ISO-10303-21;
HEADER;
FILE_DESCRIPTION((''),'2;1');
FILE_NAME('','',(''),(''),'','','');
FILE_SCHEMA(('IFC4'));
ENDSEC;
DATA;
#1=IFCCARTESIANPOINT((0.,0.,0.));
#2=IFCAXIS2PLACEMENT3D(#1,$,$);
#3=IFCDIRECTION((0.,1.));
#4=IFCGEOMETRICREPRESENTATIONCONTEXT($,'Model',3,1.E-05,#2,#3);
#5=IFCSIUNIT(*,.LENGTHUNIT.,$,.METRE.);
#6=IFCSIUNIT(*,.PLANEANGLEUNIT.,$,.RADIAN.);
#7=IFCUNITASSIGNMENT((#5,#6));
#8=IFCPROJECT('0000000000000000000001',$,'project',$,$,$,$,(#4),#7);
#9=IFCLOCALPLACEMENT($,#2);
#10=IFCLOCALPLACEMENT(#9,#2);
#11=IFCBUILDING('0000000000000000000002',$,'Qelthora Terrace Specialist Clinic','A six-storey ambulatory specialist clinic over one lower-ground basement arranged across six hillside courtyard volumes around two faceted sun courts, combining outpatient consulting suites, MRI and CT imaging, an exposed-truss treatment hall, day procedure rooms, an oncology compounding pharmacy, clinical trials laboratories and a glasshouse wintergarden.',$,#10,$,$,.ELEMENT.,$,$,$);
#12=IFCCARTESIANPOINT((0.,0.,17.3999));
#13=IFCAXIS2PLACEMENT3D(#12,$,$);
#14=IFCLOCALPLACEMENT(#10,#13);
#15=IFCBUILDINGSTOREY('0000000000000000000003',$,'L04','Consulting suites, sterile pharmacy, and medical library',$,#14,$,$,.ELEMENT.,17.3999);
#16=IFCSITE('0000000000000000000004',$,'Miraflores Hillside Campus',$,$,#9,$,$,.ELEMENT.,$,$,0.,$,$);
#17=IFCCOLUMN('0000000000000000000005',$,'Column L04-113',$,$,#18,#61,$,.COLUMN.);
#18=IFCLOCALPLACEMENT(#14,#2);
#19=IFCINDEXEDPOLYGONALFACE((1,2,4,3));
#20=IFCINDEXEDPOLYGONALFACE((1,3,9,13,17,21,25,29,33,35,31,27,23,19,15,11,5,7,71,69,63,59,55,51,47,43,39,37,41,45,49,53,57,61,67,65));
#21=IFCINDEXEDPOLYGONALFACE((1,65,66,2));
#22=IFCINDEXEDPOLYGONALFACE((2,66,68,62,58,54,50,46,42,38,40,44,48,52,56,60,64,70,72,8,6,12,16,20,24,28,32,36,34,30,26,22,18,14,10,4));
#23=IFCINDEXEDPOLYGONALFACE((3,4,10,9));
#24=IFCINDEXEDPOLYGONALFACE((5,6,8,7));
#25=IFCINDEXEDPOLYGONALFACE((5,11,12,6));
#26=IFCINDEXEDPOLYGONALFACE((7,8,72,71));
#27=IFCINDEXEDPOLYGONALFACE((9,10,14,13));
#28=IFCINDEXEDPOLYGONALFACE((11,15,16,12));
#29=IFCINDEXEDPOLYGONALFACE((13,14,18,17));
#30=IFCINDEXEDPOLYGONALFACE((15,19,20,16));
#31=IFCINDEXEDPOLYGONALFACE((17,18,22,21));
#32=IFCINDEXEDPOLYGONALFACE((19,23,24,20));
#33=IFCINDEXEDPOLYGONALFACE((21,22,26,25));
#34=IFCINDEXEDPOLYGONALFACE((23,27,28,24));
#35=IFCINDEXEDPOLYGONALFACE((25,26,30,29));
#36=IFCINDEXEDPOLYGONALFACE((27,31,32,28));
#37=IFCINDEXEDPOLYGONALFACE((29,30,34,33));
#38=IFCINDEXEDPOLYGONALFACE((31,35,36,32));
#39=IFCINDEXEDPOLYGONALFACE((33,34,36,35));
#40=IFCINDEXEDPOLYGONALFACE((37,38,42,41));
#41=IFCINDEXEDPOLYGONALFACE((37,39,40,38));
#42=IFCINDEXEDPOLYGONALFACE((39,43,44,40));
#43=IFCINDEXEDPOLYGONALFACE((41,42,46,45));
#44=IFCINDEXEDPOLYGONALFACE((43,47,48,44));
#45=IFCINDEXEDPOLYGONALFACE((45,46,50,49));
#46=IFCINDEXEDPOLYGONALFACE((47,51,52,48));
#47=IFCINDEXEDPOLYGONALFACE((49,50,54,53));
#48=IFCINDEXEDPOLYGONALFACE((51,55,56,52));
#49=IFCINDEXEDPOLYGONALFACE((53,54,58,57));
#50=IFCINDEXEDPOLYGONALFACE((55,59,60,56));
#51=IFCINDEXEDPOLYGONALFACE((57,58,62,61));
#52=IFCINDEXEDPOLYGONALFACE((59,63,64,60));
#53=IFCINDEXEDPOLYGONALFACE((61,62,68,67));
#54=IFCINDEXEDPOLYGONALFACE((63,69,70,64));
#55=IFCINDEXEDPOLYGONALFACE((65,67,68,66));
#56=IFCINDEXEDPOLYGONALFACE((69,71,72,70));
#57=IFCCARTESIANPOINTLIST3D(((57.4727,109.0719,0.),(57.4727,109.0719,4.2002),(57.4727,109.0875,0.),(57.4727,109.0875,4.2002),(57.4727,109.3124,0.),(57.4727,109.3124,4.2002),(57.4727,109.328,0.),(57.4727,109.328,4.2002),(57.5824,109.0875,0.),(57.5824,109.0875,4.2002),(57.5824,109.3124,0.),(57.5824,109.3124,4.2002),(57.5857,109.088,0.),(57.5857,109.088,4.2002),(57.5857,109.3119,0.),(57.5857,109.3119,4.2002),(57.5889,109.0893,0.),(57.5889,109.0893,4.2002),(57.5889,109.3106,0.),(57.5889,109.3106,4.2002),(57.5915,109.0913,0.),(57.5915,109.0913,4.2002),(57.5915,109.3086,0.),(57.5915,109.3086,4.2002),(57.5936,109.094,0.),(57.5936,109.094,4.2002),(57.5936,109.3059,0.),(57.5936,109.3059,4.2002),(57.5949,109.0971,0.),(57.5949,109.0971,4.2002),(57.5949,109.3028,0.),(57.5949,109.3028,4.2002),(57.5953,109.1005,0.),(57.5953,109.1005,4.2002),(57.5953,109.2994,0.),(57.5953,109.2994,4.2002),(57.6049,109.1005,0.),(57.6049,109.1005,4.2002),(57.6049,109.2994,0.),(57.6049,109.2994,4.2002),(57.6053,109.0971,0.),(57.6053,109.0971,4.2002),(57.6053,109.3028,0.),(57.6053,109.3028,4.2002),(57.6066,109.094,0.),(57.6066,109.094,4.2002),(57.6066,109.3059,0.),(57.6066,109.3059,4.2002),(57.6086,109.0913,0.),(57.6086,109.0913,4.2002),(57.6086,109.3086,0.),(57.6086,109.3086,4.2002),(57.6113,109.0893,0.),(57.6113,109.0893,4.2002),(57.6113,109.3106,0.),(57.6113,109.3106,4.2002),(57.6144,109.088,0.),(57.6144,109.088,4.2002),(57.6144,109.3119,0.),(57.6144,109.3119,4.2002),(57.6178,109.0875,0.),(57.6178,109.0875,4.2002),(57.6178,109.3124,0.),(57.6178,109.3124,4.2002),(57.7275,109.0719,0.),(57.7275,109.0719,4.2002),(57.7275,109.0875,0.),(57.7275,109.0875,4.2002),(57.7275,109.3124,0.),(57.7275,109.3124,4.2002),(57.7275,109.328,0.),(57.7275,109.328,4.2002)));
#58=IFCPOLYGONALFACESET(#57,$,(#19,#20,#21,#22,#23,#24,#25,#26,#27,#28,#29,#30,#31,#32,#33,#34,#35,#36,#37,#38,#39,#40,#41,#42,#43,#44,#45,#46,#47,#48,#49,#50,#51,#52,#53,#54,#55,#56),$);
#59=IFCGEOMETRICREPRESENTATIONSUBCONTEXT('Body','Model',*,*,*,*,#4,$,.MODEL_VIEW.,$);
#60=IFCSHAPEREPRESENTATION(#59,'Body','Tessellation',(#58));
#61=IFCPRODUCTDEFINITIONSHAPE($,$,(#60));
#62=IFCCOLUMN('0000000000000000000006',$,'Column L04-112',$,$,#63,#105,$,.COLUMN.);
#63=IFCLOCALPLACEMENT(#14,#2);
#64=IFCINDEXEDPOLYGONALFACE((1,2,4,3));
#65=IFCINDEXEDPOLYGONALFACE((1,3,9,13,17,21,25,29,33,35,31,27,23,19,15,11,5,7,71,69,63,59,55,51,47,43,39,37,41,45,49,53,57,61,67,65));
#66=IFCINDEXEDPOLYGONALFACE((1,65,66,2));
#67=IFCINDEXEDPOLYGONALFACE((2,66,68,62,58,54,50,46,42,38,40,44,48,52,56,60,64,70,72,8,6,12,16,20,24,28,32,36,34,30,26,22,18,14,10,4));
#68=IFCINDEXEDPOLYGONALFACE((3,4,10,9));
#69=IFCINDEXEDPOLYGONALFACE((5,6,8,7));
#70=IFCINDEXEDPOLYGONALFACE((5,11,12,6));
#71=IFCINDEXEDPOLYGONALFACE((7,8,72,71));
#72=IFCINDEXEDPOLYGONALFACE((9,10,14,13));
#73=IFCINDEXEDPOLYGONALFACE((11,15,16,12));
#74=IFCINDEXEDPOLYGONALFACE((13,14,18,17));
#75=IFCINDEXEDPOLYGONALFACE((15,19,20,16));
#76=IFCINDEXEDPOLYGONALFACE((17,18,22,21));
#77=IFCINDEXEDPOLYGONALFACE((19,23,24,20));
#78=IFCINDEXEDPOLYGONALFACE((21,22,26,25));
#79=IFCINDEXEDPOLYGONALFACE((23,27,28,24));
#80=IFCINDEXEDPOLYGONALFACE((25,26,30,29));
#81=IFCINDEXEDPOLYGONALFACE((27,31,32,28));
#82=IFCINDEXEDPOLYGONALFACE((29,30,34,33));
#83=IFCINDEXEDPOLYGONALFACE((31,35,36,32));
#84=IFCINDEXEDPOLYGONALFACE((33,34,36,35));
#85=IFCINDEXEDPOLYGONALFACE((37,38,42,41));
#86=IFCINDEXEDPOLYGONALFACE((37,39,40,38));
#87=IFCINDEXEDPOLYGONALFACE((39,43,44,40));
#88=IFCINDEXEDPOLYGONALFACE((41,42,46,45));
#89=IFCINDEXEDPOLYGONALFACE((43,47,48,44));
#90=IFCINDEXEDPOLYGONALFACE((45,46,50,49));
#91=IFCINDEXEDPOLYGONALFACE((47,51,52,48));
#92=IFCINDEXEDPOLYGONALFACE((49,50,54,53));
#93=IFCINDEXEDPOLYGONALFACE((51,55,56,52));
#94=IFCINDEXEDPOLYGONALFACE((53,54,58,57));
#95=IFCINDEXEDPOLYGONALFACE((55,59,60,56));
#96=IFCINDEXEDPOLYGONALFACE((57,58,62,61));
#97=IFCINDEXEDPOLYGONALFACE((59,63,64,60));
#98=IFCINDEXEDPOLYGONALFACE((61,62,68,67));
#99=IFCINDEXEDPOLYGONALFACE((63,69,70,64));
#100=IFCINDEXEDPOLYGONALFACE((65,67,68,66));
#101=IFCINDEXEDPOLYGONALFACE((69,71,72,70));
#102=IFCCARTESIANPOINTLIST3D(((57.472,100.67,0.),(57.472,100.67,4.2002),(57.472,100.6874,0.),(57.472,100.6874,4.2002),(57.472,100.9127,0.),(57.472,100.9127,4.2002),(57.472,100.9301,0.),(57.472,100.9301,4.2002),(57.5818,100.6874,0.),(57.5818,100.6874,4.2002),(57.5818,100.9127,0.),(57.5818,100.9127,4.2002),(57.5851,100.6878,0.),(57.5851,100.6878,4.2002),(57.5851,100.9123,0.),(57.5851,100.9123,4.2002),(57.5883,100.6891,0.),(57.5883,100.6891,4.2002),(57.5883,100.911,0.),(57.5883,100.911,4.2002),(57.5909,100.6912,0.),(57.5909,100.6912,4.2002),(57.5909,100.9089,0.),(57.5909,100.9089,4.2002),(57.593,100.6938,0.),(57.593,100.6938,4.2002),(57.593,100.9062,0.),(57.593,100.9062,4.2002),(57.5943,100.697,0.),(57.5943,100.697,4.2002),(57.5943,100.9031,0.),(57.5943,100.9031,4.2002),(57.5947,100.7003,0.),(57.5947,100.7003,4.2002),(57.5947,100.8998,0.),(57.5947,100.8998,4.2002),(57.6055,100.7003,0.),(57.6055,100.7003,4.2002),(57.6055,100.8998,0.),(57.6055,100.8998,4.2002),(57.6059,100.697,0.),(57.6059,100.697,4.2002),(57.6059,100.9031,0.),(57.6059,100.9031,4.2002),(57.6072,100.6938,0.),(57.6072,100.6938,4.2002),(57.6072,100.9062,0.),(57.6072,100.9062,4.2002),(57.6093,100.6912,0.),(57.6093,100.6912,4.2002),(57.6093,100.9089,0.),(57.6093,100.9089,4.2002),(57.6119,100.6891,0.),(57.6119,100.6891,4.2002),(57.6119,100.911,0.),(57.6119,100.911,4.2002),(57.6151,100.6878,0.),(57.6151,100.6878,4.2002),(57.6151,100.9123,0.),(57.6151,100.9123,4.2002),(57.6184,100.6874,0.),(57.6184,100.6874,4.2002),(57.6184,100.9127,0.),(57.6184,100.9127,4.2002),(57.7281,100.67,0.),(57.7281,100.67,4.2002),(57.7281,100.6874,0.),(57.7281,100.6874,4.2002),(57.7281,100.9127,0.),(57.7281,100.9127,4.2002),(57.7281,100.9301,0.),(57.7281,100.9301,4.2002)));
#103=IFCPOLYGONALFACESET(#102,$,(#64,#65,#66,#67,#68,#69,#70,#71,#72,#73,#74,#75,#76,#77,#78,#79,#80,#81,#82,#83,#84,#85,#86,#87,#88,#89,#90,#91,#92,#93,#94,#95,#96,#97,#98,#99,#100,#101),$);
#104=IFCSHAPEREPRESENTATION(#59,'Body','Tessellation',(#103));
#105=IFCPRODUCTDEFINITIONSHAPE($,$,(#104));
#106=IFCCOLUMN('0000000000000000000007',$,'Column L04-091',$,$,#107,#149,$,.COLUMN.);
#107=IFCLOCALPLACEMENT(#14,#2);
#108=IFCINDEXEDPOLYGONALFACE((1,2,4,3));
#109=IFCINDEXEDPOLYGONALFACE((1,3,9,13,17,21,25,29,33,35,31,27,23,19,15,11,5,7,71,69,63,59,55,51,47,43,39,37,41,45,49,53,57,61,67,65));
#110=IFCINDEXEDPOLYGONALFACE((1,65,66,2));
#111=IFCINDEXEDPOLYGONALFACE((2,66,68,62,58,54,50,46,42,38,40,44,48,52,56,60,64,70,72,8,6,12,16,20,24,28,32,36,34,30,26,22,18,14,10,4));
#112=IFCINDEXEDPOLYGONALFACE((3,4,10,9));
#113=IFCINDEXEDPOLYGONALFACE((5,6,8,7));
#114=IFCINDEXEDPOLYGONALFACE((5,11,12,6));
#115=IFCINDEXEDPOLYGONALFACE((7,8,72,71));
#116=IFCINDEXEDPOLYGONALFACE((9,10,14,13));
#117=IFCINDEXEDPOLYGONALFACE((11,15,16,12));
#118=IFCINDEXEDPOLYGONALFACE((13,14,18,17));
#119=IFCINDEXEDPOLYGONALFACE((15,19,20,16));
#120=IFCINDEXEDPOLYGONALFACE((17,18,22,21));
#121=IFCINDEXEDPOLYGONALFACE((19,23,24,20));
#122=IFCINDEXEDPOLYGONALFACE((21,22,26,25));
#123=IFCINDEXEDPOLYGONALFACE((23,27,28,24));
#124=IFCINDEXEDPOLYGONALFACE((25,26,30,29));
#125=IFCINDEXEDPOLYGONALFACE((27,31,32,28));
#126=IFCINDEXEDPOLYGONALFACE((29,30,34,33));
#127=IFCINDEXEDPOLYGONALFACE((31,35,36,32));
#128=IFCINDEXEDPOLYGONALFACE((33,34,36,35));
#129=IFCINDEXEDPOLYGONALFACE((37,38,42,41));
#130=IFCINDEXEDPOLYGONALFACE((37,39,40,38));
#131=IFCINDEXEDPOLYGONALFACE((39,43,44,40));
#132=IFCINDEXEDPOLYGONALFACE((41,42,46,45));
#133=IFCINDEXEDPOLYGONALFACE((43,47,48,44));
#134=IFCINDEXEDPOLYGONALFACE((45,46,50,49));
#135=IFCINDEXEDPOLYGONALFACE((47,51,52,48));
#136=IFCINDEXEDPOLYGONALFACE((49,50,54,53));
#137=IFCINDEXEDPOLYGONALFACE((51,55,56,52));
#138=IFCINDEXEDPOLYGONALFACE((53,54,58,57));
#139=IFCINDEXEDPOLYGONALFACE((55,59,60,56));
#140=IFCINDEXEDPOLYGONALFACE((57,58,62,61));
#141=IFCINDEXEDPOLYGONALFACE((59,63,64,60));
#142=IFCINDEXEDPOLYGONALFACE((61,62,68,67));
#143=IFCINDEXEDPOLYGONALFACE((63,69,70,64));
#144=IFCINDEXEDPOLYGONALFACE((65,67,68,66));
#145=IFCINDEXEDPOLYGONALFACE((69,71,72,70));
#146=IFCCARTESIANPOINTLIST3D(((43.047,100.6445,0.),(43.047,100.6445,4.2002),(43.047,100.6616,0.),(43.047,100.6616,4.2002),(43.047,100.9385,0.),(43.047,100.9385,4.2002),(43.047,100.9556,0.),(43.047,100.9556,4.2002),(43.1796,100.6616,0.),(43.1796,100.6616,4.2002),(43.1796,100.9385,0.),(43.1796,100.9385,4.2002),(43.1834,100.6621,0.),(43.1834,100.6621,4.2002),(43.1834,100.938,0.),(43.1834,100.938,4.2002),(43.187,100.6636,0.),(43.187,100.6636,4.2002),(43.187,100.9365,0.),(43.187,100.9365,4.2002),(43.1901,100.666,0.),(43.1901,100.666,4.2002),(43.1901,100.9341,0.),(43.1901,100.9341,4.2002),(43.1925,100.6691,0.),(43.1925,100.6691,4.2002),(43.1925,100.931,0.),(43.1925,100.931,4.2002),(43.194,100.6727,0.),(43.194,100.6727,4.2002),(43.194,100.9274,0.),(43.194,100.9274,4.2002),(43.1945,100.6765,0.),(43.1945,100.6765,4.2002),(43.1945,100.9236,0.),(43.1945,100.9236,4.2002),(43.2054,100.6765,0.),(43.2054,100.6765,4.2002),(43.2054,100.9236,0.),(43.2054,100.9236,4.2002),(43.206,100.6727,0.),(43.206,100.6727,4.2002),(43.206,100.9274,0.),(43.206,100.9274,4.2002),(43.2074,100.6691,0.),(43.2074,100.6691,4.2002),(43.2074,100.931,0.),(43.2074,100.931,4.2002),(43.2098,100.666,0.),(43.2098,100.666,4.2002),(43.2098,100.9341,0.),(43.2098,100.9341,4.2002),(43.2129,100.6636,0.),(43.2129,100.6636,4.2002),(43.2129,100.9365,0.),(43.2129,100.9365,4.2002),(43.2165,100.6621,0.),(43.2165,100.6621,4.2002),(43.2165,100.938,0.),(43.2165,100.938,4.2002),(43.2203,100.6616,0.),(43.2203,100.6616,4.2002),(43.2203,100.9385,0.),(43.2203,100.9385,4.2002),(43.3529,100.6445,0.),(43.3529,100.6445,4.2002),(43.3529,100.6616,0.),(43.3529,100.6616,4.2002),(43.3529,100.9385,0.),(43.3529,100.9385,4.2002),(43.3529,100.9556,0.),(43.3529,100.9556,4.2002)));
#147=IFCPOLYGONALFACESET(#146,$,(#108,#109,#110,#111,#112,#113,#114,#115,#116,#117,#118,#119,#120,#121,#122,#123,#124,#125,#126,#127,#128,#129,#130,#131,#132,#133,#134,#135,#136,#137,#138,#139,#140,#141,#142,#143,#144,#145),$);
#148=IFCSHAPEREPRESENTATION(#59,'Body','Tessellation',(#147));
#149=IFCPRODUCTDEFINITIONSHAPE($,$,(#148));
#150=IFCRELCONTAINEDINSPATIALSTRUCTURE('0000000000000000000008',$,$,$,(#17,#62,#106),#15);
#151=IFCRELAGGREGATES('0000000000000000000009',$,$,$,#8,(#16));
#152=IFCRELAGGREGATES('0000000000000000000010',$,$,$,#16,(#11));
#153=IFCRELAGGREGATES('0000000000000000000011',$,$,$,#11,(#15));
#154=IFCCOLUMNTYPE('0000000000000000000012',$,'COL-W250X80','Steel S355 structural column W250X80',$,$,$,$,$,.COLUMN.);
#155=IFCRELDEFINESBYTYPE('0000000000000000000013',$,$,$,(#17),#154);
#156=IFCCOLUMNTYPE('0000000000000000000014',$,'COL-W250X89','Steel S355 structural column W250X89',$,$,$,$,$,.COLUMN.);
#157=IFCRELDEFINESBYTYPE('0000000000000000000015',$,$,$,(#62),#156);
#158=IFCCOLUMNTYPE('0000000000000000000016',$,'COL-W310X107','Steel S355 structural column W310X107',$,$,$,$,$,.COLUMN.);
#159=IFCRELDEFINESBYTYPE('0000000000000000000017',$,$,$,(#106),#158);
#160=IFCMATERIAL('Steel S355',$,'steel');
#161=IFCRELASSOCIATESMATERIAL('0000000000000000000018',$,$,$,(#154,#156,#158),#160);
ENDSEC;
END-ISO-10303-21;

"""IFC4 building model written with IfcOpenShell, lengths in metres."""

from ifc_helpers import new_model, si_unit, direction, frame, origin, origin_2d, place, context, subcontext, project, spatial, i_section, extrude, material, material_profile, profile_set, type_object, element, save


model = new_model("IFC4")

# Units and contexts
model_context = context("Model", 3, precision=1e-05, world=origin(), true_north=direction((0.0, 1.0)))
body_context = subcontext(model_context, "Body", "Model", "MODEL_VIEW")
ifc_project = project(units=[si_unit("LENGTHUNIT", "METRE"), si_unit("PLANEANGLEUNIT", "RADIAN")], contexts=[model_context])

# Site, building, storey
site_placement = place(None, origin())
site = spatial("IfcSite", under=ifc_project, at=site_placement, Name="Miraflores Hillside Campus", CompositionType="ELEMENT", RefElevation=0.0)
building_placement = place(site_placement, origin())
building = spatial("IfcBuilding", under=site, at=building_placement, Name="Qelthora Terrace Specialist Clinic", Description="A six-storey ambulatory specialist clinic over one lower-ground basement arranged across six hillside courtyard volumes around two faceted sun courts, combining outpatient consulting suites, MRI and CT imaging, an exposed-truss treatment hall, day procedure rooms, an oncology compounding pharmacy, clinical trials laboratories and a glasshouse wintergarden.", CompositionType="ELEMENT")
storey_placement = place(building_placement, frame((0.0, 0.0, 17.3999)))
storey = spatial("IfcBuildingStorey", under=building, at=storey_placement, Name="L04", Description="Consulting suites, sterile pharmacy, and medical library", CompositionType="ELEMENT", Elevation=17.3999)

# Columns
ifc_material_1 = material(Name="Steel S355", Category="steel")
ifc_material_profile_1 = material_profile(ifc_material_1, i_section(OverallWidth=0.2549, OverallDepth=0.2561, WebThickness=0.0095, FlangeThickness=0.0156, FilletRadius=0.0129, at=origin_2d()), Name="W250X80")
ifc_profile_set_1 = profile_set([ifc_material_profile_1], Name="Steel S355")
column_type_1 = type_object("IfcColumnType", Name="COL-W250X80", Description="Steel S355 structural column W250X80", PredefinedType="COLUMN", material=ifc_profile_set_1)
column_1_placement = place(storey_placement, frame((57.6001, 109.2, 0.0), z_axis=(0.0, 0.0, 1.0), x_axis=(1.0, 0.0, 0.0)))
element("IfcColumn", 1, at=column_1_placement, inside=storey, type_object=column_type_1, Name="Column L04-113", PredefinedType="COLUMN", context=body_context, shape_type="SweptSolid", body=[
    extrude(i_section(OverallWidth=0.2549, OverallDepth=0.2561, WebThickness=0.0095, FlangeThickness=0.0156, FilletRadius=0.0129, at=origin_2d()), origin(), (0.0, 0.0, 1.0), 4.2002),
])
ifc_material_profile_2 = material_profile(ifc_material_1, i_section(OverallWidth=0.2561, OverallDepth=0.26, WebThickness=0.0107, FlangeThickness=0.0173, FilletRadius=0.0129, at=origin_2d()), Name="W250X89")
ifc_profile_set_2 = profile_set([ifc_material_profile_2], Name="Steel S355")
column_type_2 = type_object("IfcColumnType", Name="COL-W250X89", Description="Steel S355 structural column W250X89", PredefinedType="COLUMN", material=ifc_profile_set_2)
column_2_placement = place(storey_placement, frame((57.6001, 100.8, 0.0), z_axis=(0.0, 0.0, 1.0), x_axis=(1.0, 0.0, 0.0)))
element("IfcColumn", 2, at=column_2_placement, inside=storey, type_object=column_type_2, Name="Column L04-112", PredefinedType="COLUMN", context=body_context, shape_type="SweptSolid", body=[
    extrude(i_section(OverallWidth=0.2561, OverallDepth=0.26, WebThickness=0.0107, FlangeThickness=0.0173, FilletRadius=0.0129, at=origin_2d()), origin(), (0.0, 0.0, 1.0), 4.2002),
])
ifc_material_profile_3 = material_profile(ifc_material_1, i_section(OverallWidth=0.3059, OverallDepth=0.311, WebThickness=0.011, FlangeThickness=0.0171, FilletRadius=0.0149, at=origin_2d()), Name="W310X107")
ifc_profile_set_3 = profile_set([ifc_material_profile_3], Name="Steel S355")
column_type_3 = type_object("IfcColumnType", Name="COL-W310X107", Description="Steel S355 structural column W310X107", PredefinedType="COLUMN", material=ifc_profile_set_3)
column_3_placement = place(storey_placement, frame((43.2, 100.8, 0.0), z_axis=(0.0, 0.0, 1.0), x_axis=(1.0, 0.0, 0.0)))
element("IfcColumn", 3, at=column_3_placement, inside=storey, type_object=column_type_3, Name="Column L04-091", PredefinedType="COLUMN", context=body_context, shape_type="SweptSolid", body=[
    extrude(i_section(OverallWidth=0.3059, OverallDepth=0.311, WebThickness=0.011, FlangeThickness=0.0171, FilletRadius=0.0149, at=origin_2d()), origin(), (0.0, 0.0, 1.0), 4.2002),
])

save(model, "model.ifc")
